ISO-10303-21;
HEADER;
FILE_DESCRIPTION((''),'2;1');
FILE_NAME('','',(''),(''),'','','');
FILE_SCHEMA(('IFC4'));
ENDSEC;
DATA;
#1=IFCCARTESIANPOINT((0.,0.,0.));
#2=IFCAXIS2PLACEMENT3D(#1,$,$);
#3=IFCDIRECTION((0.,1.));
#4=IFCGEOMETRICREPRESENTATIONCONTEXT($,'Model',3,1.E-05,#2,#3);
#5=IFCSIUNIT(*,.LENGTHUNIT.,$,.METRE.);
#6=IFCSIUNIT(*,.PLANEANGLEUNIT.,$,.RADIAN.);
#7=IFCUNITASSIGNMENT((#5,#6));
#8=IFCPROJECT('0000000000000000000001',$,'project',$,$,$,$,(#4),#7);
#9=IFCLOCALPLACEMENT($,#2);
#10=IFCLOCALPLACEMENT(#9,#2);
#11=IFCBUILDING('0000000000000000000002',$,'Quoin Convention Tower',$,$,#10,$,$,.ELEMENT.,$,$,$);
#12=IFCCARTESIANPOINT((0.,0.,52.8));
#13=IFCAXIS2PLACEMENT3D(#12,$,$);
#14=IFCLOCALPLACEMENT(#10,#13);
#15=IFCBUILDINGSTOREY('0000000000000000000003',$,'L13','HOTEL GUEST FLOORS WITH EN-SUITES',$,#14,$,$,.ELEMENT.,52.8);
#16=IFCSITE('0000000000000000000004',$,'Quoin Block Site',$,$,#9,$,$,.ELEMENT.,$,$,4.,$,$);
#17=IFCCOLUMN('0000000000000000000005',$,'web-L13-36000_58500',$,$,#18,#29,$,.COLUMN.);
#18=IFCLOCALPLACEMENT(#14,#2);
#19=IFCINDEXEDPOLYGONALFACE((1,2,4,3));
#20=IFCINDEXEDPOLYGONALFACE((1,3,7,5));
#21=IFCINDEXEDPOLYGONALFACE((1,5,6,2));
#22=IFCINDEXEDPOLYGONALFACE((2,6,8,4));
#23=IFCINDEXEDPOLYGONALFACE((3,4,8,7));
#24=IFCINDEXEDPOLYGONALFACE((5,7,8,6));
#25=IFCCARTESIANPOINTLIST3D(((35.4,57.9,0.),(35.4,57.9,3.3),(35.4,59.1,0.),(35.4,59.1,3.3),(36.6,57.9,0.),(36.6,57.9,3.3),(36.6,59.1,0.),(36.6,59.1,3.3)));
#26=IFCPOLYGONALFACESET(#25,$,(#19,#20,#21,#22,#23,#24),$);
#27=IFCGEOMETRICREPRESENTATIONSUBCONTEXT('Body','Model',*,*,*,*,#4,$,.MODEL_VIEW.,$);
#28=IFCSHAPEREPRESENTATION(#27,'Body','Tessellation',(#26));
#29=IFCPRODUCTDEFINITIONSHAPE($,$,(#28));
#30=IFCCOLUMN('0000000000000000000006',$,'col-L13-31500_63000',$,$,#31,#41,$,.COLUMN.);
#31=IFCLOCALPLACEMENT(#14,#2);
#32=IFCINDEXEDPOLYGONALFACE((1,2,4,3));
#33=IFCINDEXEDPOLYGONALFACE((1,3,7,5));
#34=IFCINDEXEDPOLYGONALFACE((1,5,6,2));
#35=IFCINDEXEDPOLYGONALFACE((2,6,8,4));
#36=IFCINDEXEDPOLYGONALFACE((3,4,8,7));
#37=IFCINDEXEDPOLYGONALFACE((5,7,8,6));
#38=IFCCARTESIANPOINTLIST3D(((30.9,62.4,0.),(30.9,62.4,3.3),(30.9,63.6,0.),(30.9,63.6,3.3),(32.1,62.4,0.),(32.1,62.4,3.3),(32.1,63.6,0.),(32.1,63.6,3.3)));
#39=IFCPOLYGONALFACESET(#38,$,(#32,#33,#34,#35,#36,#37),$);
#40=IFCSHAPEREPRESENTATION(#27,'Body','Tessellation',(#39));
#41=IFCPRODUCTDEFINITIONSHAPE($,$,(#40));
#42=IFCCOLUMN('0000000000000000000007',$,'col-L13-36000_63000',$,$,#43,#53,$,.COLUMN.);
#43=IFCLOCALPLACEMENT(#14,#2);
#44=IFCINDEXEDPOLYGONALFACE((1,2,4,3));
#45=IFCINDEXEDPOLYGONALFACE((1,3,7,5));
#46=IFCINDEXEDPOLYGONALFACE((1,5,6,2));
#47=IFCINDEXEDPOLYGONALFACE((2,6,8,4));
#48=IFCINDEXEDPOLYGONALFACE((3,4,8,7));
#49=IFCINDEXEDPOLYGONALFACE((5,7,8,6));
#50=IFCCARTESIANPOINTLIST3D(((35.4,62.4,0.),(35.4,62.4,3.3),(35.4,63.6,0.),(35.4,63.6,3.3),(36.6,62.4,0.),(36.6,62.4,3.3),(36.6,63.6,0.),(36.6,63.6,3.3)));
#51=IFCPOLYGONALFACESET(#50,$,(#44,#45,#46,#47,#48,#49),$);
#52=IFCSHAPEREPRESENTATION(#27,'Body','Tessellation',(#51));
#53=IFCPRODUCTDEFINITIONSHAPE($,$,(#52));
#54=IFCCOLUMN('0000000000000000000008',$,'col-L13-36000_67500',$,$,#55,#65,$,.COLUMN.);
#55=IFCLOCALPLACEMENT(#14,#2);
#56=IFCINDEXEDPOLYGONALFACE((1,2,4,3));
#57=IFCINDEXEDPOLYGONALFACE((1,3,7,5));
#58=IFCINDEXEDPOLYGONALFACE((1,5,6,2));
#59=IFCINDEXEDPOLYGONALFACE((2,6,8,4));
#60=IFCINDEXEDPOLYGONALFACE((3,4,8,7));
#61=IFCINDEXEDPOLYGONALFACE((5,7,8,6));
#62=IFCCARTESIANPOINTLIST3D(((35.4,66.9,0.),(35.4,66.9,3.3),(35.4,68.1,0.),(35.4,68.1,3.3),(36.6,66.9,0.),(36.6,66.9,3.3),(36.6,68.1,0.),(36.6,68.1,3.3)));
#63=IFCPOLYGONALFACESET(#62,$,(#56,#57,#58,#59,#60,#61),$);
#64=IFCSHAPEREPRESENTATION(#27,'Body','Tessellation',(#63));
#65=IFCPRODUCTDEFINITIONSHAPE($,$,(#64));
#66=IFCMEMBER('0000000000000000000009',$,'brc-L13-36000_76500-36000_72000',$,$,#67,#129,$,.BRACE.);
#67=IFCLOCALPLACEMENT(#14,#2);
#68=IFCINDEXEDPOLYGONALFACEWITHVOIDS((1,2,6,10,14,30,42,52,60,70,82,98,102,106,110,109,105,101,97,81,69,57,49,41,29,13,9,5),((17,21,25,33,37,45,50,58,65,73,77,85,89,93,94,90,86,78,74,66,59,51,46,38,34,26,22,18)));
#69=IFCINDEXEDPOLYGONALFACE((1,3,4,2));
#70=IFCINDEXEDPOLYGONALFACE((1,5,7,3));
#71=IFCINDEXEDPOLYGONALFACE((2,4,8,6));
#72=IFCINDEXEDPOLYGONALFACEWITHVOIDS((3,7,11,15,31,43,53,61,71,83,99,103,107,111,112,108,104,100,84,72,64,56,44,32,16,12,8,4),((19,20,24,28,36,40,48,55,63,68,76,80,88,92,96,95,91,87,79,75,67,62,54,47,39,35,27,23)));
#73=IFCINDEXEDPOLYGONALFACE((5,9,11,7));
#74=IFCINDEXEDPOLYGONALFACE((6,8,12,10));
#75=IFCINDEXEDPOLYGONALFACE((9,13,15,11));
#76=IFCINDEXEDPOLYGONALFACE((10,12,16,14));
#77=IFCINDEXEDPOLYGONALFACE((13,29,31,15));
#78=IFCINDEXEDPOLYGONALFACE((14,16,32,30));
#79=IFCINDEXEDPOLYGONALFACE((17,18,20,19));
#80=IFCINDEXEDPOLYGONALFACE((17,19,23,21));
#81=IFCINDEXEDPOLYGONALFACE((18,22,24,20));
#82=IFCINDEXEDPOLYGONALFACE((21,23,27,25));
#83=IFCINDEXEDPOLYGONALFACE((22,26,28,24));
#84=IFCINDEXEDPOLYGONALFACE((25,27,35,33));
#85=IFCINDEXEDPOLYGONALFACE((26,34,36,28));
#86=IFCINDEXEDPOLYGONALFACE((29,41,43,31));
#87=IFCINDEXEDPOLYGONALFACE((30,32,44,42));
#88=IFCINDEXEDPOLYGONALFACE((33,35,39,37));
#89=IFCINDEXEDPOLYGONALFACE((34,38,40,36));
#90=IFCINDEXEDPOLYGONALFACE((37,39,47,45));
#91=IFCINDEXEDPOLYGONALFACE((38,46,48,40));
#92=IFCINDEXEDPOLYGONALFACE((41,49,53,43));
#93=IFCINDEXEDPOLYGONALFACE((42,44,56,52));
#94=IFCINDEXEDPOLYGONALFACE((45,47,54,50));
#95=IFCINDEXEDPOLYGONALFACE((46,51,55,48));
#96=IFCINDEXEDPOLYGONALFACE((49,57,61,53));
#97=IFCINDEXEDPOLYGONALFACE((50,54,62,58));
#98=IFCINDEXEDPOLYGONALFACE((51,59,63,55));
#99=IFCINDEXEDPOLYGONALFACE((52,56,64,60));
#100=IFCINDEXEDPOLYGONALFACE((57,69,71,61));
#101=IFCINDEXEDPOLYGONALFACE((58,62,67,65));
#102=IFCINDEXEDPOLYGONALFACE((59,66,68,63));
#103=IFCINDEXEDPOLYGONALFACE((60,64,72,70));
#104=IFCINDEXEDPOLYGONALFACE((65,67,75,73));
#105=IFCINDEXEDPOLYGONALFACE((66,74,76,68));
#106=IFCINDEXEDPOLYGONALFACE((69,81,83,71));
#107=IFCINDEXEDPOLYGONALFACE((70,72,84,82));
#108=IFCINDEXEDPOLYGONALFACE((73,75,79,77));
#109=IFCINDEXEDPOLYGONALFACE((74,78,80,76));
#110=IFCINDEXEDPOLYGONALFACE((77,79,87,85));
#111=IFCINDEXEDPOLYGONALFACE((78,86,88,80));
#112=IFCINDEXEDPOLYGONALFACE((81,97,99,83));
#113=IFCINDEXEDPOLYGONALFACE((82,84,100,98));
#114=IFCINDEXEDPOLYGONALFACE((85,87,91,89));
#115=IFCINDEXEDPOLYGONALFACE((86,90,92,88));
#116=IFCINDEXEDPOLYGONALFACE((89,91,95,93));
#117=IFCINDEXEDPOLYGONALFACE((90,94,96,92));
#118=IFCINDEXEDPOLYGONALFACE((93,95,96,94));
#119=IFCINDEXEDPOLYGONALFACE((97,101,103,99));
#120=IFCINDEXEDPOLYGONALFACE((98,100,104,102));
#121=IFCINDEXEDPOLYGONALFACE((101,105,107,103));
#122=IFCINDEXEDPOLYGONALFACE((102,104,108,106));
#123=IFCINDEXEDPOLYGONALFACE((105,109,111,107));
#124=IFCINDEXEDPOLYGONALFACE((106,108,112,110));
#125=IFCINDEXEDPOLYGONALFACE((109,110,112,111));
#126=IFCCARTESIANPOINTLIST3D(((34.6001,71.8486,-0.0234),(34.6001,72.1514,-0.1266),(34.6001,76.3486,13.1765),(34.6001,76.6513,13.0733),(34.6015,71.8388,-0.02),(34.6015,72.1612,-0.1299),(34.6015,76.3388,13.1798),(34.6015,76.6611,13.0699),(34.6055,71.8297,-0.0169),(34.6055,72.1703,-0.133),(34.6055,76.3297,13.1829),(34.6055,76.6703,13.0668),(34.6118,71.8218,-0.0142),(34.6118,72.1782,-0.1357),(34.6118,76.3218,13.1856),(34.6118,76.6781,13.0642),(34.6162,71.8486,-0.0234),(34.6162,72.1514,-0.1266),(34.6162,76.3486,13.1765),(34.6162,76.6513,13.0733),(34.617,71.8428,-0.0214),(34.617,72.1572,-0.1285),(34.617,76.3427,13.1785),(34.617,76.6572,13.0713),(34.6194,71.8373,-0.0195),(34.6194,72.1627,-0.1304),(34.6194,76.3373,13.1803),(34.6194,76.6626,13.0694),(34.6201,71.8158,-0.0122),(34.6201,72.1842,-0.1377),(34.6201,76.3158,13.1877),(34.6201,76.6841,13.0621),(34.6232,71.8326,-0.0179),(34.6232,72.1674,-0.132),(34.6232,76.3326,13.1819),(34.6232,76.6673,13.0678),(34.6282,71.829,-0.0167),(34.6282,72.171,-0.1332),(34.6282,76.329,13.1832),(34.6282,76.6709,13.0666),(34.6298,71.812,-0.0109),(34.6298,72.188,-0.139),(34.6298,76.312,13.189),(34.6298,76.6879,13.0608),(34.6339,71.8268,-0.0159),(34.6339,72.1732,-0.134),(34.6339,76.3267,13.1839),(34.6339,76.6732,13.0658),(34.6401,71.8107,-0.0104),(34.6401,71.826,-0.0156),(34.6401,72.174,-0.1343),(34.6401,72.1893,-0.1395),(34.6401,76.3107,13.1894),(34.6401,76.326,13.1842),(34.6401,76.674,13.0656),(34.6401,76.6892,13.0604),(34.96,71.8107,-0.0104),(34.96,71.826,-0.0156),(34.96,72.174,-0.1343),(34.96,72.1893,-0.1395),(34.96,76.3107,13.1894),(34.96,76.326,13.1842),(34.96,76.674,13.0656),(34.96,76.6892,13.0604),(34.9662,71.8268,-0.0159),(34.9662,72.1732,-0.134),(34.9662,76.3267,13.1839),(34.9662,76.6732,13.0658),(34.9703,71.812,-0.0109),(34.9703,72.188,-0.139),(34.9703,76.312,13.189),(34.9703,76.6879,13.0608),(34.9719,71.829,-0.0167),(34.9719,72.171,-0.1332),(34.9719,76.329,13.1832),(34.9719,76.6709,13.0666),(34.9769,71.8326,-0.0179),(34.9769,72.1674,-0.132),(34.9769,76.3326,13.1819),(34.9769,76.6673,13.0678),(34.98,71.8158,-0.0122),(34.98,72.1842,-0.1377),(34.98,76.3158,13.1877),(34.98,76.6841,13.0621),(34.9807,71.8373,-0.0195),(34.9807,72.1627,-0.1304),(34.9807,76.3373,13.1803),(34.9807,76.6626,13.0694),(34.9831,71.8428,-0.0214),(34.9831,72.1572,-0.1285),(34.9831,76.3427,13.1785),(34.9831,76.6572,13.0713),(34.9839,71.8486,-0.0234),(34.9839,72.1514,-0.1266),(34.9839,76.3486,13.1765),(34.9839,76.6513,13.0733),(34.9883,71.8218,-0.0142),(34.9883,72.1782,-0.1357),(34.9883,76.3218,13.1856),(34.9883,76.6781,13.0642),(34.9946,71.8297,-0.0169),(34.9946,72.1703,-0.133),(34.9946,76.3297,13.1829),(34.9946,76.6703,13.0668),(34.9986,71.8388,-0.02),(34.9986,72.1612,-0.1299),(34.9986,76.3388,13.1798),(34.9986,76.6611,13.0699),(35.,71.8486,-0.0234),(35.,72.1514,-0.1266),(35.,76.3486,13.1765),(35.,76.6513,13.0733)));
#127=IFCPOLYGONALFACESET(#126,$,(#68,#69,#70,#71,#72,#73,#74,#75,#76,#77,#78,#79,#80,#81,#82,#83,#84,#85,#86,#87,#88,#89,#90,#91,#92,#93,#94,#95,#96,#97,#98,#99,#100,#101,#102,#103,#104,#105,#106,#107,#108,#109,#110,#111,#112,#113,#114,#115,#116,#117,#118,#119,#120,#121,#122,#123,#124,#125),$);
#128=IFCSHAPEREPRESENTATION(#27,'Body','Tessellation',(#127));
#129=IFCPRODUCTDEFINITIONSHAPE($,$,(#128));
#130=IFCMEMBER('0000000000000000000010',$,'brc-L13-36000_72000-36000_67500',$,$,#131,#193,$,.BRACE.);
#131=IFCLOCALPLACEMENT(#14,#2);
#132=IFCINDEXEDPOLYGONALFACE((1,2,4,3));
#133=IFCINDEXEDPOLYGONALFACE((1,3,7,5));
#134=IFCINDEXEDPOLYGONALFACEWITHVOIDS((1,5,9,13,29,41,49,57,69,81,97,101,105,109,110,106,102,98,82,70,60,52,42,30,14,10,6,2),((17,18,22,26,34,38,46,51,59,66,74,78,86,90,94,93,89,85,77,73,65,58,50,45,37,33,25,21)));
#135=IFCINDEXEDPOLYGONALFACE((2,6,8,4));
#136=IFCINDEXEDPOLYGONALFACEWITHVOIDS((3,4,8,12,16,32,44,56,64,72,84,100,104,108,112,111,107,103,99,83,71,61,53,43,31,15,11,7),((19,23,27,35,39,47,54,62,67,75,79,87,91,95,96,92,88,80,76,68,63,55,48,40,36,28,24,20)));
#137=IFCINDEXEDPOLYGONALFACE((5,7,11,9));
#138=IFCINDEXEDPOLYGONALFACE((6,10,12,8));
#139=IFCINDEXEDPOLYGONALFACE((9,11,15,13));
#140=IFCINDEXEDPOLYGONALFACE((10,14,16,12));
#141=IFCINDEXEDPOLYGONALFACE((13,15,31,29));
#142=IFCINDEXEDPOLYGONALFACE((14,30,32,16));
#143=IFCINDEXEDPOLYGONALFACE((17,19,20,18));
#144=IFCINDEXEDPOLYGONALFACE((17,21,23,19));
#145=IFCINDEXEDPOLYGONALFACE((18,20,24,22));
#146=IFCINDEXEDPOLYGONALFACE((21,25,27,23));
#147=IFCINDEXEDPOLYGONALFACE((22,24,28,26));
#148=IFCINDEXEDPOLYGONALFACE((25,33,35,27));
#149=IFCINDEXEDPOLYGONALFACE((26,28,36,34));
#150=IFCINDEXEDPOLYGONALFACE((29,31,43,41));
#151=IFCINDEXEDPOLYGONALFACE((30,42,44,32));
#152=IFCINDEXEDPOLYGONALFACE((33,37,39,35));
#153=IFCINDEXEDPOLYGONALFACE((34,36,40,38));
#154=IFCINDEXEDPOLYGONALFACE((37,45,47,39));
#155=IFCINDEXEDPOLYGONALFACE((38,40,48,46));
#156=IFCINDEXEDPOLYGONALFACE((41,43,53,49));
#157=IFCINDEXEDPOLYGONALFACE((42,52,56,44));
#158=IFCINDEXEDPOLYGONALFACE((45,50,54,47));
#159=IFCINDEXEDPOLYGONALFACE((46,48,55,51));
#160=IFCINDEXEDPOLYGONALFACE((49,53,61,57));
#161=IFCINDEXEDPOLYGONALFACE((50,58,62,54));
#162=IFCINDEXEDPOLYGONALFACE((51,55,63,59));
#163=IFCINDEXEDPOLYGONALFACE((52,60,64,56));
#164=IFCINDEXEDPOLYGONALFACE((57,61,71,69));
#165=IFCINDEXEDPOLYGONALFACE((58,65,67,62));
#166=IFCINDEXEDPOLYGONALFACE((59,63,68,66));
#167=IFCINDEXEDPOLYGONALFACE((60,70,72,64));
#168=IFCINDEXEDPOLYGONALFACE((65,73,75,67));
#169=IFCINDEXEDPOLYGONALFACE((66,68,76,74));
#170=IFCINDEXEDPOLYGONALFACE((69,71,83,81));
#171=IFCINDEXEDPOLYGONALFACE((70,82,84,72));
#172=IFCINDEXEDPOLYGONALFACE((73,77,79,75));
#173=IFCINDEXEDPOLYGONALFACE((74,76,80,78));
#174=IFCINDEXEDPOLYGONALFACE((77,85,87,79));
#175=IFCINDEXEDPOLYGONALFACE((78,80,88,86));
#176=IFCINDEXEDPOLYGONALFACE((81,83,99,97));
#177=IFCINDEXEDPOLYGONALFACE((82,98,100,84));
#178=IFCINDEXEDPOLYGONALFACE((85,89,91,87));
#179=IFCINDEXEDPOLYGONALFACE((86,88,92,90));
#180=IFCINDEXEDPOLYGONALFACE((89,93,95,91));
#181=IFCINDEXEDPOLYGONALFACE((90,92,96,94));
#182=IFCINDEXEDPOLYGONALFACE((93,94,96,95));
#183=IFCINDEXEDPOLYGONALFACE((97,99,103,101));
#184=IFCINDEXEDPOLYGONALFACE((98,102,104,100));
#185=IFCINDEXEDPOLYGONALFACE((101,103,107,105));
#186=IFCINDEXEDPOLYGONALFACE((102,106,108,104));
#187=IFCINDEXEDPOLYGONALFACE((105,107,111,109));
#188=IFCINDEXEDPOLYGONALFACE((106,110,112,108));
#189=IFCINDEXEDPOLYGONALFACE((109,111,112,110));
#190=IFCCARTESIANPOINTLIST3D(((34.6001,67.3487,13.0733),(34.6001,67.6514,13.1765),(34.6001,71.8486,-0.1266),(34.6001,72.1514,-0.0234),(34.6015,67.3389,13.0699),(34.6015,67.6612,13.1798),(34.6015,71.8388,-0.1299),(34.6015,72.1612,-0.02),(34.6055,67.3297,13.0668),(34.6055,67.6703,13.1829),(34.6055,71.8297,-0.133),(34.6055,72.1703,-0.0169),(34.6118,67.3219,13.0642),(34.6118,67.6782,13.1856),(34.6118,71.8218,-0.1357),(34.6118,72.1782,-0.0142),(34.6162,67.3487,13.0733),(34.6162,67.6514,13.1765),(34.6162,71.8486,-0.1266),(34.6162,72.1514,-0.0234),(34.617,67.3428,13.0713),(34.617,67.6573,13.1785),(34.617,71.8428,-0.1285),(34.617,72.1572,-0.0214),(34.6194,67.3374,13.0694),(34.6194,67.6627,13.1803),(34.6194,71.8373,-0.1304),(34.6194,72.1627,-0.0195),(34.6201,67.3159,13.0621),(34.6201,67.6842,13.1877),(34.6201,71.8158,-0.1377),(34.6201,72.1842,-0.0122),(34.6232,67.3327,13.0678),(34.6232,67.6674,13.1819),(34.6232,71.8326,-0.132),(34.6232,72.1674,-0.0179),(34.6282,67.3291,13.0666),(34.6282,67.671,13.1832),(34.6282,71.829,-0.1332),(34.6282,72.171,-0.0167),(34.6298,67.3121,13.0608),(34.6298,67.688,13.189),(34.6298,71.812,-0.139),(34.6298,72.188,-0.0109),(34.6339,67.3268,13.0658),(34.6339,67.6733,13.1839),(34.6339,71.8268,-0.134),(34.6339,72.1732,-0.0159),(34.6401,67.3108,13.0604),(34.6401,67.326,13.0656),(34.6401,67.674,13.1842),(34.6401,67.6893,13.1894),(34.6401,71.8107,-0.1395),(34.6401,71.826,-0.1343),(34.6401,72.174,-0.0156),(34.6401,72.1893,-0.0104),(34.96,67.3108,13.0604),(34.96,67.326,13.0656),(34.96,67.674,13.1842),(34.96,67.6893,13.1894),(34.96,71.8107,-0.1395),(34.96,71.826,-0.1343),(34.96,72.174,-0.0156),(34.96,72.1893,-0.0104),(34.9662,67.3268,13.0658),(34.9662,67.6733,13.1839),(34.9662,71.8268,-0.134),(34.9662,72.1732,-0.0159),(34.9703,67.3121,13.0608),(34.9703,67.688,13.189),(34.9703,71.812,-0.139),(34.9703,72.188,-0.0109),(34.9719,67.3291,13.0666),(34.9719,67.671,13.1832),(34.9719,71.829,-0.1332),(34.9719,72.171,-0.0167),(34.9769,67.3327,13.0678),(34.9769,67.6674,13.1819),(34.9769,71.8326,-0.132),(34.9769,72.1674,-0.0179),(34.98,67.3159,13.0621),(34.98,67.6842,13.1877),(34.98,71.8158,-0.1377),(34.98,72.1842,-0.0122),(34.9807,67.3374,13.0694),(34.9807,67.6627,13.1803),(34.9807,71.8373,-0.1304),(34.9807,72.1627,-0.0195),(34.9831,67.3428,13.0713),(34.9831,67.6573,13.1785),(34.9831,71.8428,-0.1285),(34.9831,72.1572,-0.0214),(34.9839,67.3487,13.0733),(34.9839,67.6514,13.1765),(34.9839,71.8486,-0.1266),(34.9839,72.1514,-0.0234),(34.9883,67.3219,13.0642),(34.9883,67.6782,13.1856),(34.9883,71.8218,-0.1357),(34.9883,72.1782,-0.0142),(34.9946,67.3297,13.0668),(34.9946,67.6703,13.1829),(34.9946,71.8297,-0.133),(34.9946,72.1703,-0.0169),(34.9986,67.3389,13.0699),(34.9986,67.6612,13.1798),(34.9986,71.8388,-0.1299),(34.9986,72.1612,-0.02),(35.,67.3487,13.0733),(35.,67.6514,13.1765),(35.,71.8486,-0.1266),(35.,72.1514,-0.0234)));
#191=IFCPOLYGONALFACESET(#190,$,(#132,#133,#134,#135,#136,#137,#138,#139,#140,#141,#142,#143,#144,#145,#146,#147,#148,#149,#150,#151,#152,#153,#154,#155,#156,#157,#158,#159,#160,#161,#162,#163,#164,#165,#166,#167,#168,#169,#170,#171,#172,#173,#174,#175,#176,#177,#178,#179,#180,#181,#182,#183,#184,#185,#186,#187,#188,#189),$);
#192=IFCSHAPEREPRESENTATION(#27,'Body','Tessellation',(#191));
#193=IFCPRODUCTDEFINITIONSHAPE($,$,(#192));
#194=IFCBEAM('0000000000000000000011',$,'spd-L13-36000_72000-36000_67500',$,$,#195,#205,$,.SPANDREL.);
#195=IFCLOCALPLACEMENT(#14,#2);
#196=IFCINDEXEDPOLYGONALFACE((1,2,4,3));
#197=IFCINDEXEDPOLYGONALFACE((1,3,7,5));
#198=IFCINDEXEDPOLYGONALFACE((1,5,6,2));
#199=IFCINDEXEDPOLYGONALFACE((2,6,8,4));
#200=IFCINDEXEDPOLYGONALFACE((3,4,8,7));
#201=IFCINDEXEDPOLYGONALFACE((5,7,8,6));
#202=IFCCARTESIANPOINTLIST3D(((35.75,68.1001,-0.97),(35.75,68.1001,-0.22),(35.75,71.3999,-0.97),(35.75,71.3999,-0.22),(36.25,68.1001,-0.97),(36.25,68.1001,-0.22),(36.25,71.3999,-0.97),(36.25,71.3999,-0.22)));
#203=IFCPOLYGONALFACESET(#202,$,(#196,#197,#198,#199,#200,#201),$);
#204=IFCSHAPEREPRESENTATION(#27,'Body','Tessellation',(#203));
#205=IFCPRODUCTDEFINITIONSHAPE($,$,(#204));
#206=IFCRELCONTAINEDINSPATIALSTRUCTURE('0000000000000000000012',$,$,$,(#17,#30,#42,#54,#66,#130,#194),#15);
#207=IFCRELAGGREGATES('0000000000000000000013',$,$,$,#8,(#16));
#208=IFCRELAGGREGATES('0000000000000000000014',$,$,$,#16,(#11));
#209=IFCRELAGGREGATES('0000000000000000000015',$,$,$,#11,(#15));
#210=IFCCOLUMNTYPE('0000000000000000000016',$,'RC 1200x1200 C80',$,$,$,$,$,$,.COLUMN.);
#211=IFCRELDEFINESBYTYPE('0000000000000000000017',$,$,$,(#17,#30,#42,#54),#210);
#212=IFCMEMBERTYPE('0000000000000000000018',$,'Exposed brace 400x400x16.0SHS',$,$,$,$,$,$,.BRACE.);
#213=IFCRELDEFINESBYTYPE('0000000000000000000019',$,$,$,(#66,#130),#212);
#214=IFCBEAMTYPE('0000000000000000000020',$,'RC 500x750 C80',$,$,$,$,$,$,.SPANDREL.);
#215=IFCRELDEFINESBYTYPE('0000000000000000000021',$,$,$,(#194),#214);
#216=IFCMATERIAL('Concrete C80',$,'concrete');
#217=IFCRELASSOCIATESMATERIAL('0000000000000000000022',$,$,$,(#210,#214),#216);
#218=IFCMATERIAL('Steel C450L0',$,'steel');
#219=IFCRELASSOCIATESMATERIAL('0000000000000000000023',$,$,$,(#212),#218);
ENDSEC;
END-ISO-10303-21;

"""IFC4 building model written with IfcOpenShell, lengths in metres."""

from ifc_helpers import new_model, si_unit, direction, frame, origin, origin_2d, place, context, subcontext, project, spatial, rectangle, hollow_rectangle, extrude, material, material_profile, profile_set, type_object, element, save


model = new_model("IFC4")

# Units and contexts
model_context = context("Model", 3, precision=1e-05, world=origin(), true_north=direction((0.0, 1.0)))
body_context = subcontext(model_context, "Body", "Model", "MODEL_VIEW")
ifc_project = project(units=[si_unit("LENGTHUNIT", "METRE"), si_unit("PLANEANGLEUNIT", "RADIAN")], contexts=[model_context])

# Site, building, storey
site_placement = place(None, origin())
site = spatial("IfcSite", under=ifc_project, at=site_placement, Name="Quoin Block Site", CompositionType="ELEMENT", RefElevation=4.0)
building_placement = place(site_placement, origin())
building = spatial("IfcBuilding", under=site, at=building_placement, Name="Quoin Convention Tower", CompositionType="ELEMENT")
storey_placement = place(building_placement, frame((0.0, 0.0, 52.8)))
storey = spatial("IfcBuildingStorey", under=building, at=storey_placement, Name="L13", Description="HOTEL GUEST FLOORS WITH EN-SUITES", CompositionType="ELEMENT", Elevation=52.8)

# Columns
ifc_material_1 = material(Name="Concrete C80", Category="concrete")
ifc_material_profile_1 = material_profile(ifc_material_1, rectangle(XDim=1.2, YDim=1.2, at=origin_2d()), Name="RC 1200x1200")
ifc_profile_set_1 = profile_set([ifc_material_profile_1], Name="Concrete C80")
column_type = type_object("IfcColumnType", Name="RC 1200x1200 C80", PredefinedType="COLUMN", material=ifc_profile_set_1)
for number, where, z_axis, x_axis, name in (
    (1, (36.0, 58.5, 0.0), (0.0, 0.0, 1.0), (1.0, 0.0, 0.0), "web-L13-36000_58500"),
    (2, (31.5, 63.0, 0.0), (0.0, 0.0, 1.0), (1.0, 0.0, 0.0), "col-L13-31500_63000"),
    (3, (36.0, 63.0, 0.0), (0.0, 0.0, 1.0), (1.0, 0.0, 0.0), "col-L13-36000_63000"),
    (4, (36.0, 67.5, 0.0), (0.0, 0.0, 1.0), (1.0, 0.0, 0.0), "col-L13-36000_67500"),
):
    element("IfcColumn", number, at=place(storey_placement, frame(where, z_axis=z_axis, x_axis=x_axis)), inside=storey, type_object=column_type, Name=name, PredefinedType="COLUMN", context=body_context, shape_type="SweptSolid", body=[
        extrude(rectangle(XDim=1.2, YDim=1.2, at=origin_2d()), origin(), (0.0, 0.0, 1.0), 3.3),
    ])

# Members
ifc_material_2 = material(Name="Steel C450L0", Category="steel")
ifc_material_profile_2 = material_profile(ifc_material_2, hollow_rectangle(XDim=0.3999, YDim=0.3999, WallThickness=0.0161, InnerFilletRadius=0.0239, OuterFilletRadius=0.04, at=origin_2d()), Name="400x400x16.0SHS")
ifc_profile_set_2 = profile_set([ifc_material_profile_2], Name="Steel C450L0")
member_type = type_object("IfcMemberType", Name="Exposed brace 400x400x16.0SHS", PredefinedType="BRACE", material=ifc_profile_set_2)
for number, where, z_axis, x_axis, name in (
    (5, (34.8, 72.0, -0.075), (0.0, 0.322675, 0.94651), (-1.0, 0.0, 0.0), "brc-L13-36000_76500-36000_72000"),
    (6, (34.8, 72.0, -0.075), (0.0, -0.322675, 0.94651), (1.0, 0.0, 0.0), "brc-L13-36000_72000-36000_67500"),
):
    element("IfcMember", number, at=place(storey_placement, frame(where, z_axis=z_axis, x_axis=x_axis)), inside=storey, type_object=member_type, Name=name, PredefinedType="BRACE", context=body_context, shape_type="SweptSolid", body=[
        extrude(hollow_rectangle(XDim=0.3999, YDim=0.3999, WallThickness=0.0161, InnerFilletRadius=0.0239, OuterFilletRadius=0.04, at=origin_2d()), origin(), (0.0, 0.0, 1.0), 13.9458),
    ])

# Beam
ifc_material_profile_3 = material_profile(ifc_material_1, rectangle(XDim=0.5, YDim=0.75, at=origin_2d()), Name="RC 500x750")
ifc_profile_set_3 = profile_set([ifc_material_profile_3], Name="Concrete C80")
beam_type = type_object("IfcBeamType", Name="RC 500x750 C80", PredefinedType="SPANDREL", material=ifc_profile_set_3)
for number, where, z_axis, x_axis, name in (
    (7, (36.0, 71.3999, -0.595), (0.0, -1.0, 0.0), (1.0, 0.0, 0.0), "spd-L13-36000_72000-36000_67500"),
):
    element("IfcBeam", number, at=place(storey_placement, frame(where, z_axis=z_axis, x_axis=x_axis)), inside=storey, type_object=beam_type, Name=name, PredefinedType="SPANDREL", context=body_context, shape_type="SweptSolid", body=[
        extrude(rectangle(XDim=0.5, YDim=0.75, at=origin_2d()), origin(), (0.0, 0.0, 1.0), 3.2998),
    ])

save(model, "model.ifc")
